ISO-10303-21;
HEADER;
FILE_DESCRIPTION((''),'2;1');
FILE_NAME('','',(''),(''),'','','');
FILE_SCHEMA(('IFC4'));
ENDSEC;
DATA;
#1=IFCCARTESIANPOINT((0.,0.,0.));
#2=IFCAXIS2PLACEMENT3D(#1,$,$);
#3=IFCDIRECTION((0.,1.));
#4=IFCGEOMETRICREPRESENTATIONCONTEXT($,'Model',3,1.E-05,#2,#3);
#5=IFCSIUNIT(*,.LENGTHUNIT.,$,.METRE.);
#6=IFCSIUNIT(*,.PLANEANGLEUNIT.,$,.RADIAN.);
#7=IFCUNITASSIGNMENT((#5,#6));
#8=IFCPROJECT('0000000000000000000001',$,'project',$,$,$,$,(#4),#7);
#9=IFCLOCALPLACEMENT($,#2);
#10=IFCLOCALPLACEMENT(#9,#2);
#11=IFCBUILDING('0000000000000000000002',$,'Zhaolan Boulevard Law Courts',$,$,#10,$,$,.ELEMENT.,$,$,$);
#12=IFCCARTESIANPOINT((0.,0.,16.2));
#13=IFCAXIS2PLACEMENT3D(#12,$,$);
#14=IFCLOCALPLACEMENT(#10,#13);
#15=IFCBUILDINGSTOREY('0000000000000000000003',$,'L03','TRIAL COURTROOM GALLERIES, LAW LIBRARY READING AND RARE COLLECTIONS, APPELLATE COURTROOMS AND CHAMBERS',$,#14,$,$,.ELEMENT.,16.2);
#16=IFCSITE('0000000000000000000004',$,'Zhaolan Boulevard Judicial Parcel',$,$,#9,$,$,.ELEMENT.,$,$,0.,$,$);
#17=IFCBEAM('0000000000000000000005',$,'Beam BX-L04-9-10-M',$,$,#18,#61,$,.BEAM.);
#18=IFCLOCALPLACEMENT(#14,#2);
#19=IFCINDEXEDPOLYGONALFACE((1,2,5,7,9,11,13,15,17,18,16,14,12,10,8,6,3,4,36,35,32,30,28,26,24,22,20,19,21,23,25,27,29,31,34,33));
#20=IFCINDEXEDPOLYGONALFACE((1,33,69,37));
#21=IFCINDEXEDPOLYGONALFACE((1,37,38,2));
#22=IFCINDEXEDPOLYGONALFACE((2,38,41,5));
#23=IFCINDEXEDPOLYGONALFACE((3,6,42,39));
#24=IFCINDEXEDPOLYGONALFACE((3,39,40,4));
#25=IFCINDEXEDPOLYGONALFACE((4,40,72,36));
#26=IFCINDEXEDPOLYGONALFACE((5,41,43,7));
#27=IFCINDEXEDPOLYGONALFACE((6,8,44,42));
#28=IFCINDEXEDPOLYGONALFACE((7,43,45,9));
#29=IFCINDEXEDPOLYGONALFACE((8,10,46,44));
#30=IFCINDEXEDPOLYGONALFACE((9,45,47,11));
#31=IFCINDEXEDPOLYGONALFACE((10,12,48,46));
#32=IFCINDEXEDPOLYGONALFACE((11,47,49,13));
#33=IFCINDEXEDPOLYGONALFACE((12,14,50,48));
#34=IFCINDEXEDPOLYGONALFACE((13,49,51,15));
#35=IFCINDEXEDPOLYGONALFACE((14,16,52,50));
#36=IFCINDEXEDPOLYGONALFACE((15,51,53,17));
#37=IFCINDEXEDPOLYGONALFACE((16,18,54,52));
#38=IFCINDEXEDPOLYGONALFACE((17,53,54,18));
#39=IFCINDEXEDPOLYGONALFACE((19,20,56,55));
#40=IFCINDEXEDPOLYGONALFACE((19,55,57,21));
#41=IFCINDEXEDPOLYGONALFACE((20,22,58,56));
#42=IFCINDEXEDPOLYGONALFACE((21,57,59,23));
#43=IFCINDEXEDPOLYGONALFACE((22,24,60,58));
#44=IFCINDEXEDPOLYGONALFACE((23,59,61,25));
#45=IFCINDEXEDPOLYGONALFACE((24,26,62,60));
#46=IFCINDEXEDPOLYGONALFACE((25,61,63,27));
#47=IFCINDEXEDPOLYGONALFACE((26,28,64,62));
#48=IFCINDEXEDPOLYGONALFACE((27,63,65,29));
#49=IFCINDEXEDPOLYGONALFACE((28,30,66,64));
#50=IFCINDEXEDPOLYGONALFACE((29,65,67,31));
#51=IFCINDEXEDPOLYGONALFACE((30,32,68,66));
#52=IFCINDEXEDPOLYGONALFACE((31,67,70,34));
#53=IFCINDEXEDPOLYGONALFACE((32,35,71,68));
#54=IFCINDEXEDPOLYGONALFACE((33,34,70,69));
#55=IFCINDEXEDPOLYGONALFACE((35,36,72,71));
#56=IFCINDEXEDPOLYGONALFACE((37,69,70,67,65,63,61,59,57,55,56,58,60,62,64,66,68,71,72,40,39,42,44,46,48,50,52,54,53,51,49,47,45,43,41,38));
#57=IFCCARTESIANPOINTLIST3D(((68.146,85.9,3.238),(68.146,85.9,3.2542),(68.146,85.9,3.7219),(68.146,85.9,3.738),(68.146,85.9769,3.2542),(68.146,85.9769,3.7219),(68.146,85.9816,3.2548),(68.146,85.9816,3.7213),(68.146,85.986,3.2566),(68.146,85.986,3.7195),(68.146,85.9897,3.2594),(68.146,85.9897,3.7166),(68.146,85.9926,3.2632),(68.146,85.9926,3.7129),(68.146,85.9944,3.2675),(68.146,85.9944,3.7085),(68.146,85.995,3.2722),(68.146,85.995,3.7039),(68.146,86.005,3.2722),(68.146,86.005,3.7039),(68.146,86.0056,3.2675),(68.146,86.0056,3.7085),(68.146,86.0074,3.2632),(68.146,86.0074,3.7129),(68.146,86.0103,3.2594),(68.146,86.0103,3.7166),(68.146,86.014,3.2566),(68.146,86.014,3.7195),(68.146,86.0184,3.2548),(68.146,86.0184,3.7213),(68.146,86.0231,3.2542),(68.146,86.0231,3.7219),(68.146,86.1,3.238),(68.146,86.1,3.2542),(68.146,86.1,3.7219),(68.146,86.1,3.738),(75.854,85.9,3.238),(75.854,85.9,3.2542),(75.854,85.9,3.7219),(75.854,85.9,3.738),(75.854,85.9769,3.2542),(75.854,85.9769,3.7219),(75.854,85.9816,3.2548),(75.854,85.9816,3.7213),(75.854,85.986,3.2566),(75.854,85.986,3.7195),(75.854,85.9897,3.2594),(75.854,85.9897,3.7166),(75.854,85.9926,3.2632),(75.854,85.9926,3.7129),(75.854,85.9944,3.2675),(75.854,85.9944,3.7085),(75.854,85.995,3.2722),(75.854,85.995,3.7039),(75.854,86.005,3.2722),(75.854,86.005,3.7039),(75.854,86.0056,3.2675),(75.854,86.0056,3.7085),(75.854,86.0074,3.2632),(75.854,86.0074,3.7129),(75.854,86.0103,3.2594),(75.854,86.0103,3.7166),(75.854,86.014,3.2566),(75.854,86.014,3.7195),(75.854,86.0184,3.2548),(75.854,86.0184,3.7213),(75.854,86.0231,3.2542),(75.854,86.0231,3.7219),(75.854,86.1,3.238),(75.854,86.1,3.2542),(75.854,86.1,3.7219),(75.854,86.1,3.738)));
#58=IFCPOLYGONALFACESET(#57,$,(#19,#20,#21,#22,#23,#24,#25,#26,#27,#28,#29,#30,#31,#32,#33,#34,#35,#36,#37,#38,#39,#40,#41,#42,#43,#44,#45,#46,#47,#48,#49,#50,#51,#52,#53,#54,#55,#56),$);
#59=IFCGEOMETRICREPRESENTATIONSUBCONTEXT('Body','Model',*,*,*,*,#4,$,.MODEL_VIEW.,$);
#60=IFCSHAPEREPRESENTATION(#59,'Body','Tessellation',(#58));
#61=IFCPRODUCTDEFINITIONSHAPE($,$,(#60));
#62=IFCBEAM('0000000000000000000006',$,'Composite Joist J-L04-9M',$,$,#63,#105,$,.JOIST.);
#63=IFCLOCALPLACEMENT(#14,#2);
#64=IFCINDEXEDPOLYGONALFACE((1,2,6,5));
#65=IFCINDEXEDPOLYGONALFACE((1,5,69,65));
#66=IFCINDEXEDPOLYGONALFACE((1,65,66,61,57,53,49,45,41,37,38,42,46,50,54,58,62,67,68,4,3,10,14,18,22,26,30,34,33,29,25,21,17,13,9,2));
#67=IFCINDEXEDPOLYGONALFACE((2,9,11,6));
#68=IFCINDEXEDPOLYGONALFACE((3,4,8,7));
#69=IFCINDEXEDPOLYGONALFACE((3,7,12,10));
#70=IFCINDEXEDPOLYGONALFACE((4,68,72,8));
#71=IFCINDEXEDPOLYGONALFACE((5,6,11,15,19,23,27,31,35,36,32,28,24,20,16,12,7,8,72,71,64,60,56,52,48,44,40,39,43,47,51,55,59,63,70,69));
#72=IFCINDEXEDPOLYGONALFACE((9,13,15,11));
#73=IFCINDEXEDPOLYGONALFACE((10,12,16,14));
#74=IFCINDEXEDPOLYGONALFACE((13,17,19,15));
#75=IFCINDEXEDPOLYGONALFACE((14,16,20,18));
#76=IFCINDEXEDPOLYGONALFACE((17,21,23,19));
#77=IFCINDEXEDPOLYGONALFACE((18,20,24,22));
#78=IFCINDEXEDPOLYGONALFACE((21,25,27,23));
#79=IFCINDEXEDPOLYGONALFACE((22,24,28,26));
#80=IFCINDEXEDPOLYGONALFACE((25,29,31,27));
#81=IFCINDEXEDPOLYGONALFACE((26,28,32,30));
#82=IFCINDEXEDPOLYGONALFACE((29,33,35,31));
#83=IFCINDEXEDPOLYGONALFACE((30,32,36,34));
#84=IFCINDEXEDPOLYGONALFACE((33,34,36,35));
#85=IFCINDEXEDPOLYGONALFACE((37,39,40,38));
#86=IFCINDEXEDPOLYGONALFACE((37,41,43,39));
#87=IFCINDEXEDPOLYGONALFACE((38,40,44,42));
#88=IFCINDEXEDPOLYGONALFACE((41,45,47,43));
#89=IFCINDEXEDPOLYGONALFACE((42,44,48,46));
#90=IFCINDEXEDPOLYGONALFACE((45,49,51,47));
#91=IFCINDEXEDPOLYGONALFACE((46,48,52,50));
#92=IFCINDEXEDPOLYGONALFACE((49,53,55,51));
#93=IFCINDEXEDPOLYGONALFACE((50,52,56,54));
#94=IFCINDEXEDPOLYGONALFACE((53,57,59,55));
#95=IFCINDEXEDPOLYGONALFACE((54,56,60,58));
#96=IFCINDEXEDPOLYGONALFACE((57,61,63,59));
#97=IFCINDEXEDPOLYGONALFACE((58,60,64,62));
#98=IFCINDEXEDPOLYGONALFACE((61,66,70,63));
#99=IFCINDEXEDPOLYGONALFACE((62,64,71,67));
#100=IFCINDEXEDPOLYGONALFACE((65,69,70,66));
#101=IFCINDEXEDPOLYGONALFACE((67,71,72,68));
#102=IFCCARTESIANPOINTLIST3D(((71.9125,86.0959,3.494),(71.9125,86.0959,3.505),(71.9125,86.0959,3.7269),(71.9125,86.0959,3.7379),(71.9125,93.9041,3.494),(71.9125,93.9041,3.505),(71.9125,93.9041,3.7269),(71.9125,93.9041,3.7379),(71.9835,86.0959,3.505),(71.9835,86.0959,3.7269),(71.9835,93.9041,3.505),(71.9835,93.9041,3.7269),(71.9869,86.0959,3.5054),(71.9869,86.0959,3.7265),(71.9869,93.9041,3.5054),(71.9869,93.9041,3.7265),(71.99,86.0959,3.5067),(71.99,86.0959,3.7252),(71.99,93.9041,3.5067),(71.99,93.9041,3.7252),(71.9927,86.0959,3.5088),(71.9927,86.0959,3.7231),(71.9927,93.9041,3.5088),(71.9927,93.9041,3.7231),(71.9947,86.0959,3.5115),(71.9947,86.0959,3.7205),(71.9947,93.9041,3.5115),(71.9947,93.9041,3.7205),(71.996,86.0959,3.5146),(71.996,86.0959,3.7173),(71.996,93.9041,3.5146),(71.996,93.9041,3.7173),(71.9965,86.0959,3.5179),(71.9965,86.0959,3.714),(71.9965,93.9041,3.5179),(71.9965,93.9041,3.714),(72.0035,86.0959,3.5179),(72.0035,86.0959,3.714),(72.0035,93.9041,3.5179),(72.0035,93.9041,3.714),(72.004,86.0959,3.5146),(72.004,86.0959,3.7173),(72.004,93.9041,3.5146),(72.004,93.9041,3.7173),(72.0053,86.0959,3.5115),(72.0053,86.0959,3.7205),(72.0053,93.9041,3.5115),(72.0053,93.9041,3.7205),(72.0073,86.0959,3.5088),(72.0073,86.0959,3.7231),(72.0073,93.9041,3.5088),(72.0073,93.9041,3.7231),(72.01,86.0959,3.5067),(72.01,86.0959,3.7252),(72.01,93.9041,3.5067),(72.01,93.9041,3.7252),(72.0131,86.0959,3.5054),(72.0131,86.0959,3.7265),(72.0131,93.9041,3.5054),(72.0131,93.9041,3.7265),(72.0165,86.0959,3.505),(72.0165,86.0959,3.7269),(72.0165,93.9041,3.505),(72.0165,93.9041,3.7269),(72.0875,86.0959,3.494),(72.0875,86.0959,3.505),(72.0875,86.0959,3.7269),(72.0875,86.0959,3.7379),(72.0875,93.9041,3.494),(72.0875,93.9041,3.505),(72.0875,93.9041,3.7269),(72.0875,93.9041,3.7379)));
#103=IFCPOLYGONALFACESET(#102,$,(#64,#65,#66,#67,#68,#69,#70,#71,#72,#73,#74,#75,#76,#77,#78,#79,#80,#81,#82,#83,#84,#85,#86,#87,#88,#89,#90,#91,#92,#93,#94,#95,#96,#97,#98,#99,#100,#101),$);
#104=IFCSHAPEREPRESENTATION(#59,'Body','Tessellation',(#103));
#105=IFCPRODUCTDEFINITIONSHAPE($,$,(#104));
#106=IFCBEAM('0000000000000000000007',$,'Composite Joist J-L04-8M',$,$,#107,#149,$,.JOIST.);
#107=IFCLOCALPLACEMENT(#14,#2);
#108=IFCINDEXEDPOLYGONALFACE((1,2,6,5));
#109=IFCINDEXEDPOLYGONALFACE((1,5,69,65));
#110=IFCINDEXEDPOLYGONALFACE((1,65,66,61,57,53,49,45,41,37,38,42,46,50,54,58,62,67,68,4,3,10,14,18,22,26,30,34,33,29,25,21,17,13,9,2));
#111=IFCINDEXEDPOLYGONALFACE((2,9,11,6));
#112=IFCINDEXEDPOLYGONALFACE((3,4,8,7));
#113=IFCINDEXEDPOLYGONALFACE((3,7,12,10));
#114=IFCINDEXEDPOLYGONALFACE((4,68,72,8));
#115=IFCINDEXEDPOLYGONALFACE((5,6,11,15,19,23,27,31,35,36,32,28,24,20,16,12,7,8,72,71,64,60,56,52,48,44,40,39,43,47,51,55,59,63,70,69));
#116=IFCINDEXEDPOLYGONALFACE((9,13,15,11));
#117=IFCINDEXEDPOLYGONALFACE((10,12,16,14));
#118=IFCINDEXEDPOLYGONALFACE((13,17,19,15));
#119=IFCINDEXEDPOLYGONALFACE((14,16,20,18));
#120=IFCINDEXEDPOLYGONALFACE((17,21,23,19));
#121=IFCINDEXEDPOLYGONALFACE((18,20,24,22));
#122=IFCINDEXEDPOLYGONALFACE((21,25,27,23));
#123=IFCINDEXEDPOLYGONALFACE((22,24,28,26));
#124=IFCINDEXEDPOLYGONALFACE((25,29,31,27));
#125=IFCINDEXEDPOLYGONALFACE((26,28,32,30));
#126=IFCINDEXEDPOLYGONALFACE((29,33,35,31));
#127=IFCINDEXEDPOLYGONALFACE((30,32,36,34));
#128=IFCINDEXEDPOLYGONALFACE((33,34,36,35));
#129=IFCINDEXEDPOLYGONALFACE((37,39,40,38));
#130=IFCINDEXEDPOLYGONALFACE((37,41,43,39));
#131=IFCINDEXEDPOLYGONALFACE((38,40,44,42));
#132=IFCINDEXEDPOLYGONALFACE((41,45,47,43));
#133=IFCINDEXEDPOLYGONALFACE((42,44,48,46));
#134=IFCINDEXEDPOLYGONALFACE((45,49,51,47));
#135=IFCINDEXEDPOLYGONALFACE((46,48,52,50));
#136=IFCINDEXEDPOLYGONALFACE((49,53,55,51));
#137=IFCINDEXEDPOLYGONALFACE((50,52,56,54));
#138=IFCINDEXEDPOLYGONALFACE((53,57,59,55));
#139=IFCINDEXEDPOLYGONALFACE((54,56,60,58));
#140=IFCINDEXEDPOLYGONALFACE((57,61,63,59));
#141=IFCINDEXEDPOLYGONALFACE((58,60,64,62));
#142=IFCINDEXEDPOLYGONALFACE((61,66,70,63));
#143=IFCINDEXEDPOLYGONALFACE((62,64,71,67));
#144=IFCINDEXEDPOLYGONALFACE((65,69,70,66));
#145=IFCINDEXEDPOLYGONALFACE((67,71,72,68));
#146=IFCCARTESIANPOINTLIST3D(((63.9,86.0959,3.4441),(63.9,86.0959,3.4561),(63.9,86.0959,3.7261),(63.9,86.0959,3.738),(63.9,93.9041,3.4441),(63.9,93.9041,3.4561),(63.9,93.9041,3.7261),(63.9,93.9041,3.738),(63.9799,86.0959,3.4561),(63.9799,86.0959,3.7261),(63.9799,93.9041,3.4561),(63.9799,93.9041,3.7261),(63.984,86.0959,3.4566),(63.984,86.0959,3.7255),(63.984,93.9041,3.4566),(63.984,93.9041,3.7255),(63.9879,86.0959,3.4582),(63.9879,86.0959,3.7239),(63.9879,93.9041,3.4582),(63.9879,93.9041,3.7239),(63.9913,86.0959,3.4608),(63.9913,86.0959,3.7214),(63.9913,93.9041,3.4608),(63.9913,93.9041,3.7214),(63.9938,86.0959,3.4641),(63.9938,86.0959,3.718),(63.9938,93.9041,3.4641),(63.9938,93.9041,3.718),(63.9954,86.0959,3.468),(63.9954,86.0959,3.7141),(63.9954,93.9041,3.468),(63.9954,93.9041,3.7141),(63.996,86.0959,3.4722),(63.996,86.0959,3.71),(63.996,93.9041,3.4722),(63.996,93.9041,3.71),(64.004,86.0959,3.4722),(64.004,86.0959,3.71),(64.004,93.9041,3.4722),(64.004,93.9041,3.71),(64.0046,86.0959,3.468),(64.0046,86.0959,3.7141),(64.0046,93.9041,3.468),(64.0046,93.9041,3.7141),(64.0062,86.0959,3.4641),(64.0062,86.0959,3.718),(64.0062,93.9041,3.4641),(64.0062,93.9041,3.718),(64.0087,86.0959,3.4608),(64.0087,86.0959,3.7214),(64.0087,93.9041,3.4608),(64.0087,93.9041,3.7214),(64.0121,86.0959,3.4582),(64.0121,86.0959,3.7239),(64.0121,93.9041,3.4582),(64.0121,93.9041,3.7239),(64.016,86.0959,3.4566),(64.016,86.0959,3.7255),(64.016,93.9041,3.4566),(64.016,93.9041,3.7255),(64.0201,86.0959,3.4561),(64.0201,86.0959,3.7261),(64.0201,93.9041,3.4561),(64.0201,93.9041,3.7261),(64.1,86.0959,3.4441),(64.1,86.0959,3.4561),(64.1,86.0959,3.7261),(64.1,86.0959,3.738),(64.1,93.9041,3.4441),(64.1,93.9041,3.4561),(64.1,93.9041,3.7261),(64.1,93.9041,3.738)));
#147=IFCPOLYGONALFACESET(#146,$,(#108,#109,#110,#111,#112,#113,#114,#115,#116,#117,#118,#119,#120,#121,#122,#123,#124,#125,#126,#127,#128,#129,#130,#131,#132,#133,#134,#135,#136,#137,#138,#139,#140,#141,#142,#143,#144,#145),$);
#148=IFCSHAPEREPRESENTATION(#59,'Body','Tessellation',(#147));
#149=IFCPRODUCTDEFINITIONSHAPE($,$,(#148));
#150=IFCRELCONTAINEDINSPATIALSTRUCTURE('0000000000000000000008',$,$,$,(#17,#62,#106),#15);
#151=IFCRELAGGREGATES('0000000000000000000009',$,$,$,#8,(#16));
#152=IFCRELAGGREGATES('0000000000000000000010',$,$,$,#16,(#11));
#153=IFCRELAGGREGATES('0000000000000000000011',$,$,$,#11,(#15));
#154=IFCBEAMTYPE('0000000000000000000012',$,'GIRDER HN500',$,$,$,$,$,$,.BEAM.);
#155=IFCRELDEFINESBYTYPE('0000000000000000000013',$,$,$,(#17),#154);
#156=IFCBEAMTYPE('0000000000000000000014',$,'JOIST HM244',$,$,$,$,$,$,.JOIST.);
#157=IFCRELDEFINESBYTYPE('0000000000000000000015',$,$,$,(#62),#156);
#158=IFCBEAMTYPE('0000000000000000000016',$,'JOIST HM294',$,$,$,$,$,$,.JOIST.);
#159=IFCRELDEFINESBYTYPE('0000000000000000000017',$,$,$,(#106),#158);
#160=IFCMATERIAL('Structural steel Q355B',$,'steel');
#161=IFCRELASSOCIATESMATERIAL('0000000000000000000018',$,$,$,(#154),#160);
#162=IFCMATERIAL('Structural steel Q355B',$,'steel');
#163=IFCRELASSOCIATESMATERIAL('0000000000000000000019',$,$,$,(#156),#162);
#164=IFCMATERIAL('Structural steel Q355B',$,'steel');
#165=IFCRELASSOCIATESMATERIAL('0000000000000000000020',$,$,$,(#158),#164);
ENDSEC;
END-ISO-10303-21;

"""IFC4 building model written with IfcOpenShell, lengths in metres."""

from ifc_helpers import new_model, si_unit, direction, frame, origin, origin_2d, place, context, subcontext, project, spatial, i_section, extrude, material, material_profile, profile_set, type_object, element, save


model = new_model("IFC4")

# Units and contexts
model_context = context("Model", 3, precision=1e-05, world=origin(), true_north=direction((0.0, 1.0)))
body_context = subcontext(model_context, "Body", "Model", "MODEL_VIEW")
ifc_project = project(units=[si_unit("LENGTHUNIT", "METRE"), si_unit("PLANEANGLEUNIT", "RADIAN")], contexts=[model_context])

# Site, building, storey
site_placement = place(None, origin())
site = spatial("IfcSite", under=ifc_project, at=site_placement, Name="Zhaolan Boulevard Judicial Parcel", CompositionType="ELEMENT", RefElevation=0.0)
building_placement = place(site_placement, origin())
building = spatial("IfcBuilding", under=site, at=building_placement, Name="Zhaolan Boulevard Law Courts", CompositionType="ELEMENT")
storey_placement = place(building_placement, frame((0.0, 0.0, 16.2)))
storey = spatial("IfcBuildingStorey", under=building, at=storey_placement, Name="L03", Description="TRIAL COURTROOM GALLERIES, LAW LIBRARY READING AND RARE COLLECTIONS, APPELLATE COURTROOMS AND CHAMBERS", CompositionType="ELEMENT", Elevation=16.2)

# Beams
ifc_material_1 = material(Name="Structural steel Q355B", Category="steel")
ifc_material_profile_1 = material_profile(ifc_material_1, i_section(OverallWidth=0.2, OverallDepth=0.5, WebThickness=0.01, FlangeThickness=0.0161, FilletRadius=0.0181, at=origin_2d()), Name="HN500x200")
ifc_profile_set_1 = profile_set([ifc_material_profile_1], Name="Structural steel Q355B")
beam_type_1 = type_object("IfcBeamType", Name="GIRDER HN500", PredefinedType="BEAM", material=ifc_profile_set_1)
for number, where, z_axis, x_axis, name in (
    (1, (68.146, 86.0, 3.488), (1.0, 0.0, 0.0), (0.0, 1.0, 0.0), "Beam BX-L04-9-10-M"),
):
    element("IfcBeam", number, at=place(storey_placement, frame(where, z_axis=z_axis, x_axis=x_axis)), inside=storey, type_object=beam_type_1, Name=name, PredefinedType="BEAM", context=body_context, shape_type="SweptSolid", body=[
        extrude(i_section(OverallWidth=0.2, OverallDepth=0.5, WebThickness=0.01, FlangeThickness=0.0161, FilletRadius=0.0181, at=origin_2d()), origin(), (0.0, 0.0, 1.0), 7.708),
    ])
ifc_material_2 = material(Name="Structural steel Q355B", Category="steel")
ifc_material_profile_2 = material_profile(ifc_material_2, i_section(OverallWidth=0.175, OverallDepth=0.2439, WebThickness=0.0071, FlangeThickness=0.011, FilletRadius=0.0129, at=origin_2d()), Name="HM244x175")
ifc_profile_set_2 = profile_set([ifc_material_profile_2], Name="Structural steel Q355B")
beam_type_2 = type_object("IfcBeamType", Name="JOIST HM244", PredefinedType="JOIST", material=ifc_profile_set_2)
beam_1_placement = place(storey_placement, frame((72.0, 86.0959, 3.616), z_axis=(0.0, 1.0, 0.0), x_axis=(-1.0, 0.0, 0.0)))
element("IfcBeam", 2, at=beam_1_placement, inside=storey, type_object=beam_type_2, Name="Composite Joist J-L04-9M", PredefinedType="JOIST", context=body_context, shape_type="SweptSolid", body=[
    extrude(i_section(OverallWidth=0.175, OverallDepth=0.2439, WebThickness=0.0071, FlangeThickness=0.011, FilletRadius=0.0129, at=origin_2d()), origin(), (0.0, 0.0, 1.0), 7.8081),
])
ifc_material_3 = material(Name="Structural steel Q355B", Category="steel")
ifc_material_profile_3 = material_profile(ifc_material_3, i_section(OverallWidth=0.2, OverallDepth=0.2939, WebThickness=0.0081, FlangeThickness=0.012, FilletRadius=0.0161, at=origin_2d()), Name="HM294x200")
ifc_profile_set_3 = profile_set([ifc_material_profile_3], Name="Structural steel Q355B")
beam_type_3 = type_object("IfcBeamType", Name="JOIST HM294", PredefinedType="JOIST", material=ifc_profile_set_3)
beam_2_placement = place(storey_placement, frame((64.0, 86.0959, 3.5911), z_axis=(0.0, 1.0, 0.0), x_axis=(-1.0, 0.0, 0.0)))
element("IfcBeam", 3, at=beam_2_placement, inside=storey, type_object=beam_type_3, Name="Composite Joist J-L04-8M", PredefinedType="JOIST", context=body_context, shape_type="SweptSolid", body=[
    extrude(i_section(OverallWidth=0.2, OverallDepth=0.2939, WebThickness=0.0081, FlangeThickness=0.012, FilletRadius=0.0161, at=origin_2d()), origin(), (0.0, 0.0, 1.0), 7.8081),
])

save(model, "model.ifc")
